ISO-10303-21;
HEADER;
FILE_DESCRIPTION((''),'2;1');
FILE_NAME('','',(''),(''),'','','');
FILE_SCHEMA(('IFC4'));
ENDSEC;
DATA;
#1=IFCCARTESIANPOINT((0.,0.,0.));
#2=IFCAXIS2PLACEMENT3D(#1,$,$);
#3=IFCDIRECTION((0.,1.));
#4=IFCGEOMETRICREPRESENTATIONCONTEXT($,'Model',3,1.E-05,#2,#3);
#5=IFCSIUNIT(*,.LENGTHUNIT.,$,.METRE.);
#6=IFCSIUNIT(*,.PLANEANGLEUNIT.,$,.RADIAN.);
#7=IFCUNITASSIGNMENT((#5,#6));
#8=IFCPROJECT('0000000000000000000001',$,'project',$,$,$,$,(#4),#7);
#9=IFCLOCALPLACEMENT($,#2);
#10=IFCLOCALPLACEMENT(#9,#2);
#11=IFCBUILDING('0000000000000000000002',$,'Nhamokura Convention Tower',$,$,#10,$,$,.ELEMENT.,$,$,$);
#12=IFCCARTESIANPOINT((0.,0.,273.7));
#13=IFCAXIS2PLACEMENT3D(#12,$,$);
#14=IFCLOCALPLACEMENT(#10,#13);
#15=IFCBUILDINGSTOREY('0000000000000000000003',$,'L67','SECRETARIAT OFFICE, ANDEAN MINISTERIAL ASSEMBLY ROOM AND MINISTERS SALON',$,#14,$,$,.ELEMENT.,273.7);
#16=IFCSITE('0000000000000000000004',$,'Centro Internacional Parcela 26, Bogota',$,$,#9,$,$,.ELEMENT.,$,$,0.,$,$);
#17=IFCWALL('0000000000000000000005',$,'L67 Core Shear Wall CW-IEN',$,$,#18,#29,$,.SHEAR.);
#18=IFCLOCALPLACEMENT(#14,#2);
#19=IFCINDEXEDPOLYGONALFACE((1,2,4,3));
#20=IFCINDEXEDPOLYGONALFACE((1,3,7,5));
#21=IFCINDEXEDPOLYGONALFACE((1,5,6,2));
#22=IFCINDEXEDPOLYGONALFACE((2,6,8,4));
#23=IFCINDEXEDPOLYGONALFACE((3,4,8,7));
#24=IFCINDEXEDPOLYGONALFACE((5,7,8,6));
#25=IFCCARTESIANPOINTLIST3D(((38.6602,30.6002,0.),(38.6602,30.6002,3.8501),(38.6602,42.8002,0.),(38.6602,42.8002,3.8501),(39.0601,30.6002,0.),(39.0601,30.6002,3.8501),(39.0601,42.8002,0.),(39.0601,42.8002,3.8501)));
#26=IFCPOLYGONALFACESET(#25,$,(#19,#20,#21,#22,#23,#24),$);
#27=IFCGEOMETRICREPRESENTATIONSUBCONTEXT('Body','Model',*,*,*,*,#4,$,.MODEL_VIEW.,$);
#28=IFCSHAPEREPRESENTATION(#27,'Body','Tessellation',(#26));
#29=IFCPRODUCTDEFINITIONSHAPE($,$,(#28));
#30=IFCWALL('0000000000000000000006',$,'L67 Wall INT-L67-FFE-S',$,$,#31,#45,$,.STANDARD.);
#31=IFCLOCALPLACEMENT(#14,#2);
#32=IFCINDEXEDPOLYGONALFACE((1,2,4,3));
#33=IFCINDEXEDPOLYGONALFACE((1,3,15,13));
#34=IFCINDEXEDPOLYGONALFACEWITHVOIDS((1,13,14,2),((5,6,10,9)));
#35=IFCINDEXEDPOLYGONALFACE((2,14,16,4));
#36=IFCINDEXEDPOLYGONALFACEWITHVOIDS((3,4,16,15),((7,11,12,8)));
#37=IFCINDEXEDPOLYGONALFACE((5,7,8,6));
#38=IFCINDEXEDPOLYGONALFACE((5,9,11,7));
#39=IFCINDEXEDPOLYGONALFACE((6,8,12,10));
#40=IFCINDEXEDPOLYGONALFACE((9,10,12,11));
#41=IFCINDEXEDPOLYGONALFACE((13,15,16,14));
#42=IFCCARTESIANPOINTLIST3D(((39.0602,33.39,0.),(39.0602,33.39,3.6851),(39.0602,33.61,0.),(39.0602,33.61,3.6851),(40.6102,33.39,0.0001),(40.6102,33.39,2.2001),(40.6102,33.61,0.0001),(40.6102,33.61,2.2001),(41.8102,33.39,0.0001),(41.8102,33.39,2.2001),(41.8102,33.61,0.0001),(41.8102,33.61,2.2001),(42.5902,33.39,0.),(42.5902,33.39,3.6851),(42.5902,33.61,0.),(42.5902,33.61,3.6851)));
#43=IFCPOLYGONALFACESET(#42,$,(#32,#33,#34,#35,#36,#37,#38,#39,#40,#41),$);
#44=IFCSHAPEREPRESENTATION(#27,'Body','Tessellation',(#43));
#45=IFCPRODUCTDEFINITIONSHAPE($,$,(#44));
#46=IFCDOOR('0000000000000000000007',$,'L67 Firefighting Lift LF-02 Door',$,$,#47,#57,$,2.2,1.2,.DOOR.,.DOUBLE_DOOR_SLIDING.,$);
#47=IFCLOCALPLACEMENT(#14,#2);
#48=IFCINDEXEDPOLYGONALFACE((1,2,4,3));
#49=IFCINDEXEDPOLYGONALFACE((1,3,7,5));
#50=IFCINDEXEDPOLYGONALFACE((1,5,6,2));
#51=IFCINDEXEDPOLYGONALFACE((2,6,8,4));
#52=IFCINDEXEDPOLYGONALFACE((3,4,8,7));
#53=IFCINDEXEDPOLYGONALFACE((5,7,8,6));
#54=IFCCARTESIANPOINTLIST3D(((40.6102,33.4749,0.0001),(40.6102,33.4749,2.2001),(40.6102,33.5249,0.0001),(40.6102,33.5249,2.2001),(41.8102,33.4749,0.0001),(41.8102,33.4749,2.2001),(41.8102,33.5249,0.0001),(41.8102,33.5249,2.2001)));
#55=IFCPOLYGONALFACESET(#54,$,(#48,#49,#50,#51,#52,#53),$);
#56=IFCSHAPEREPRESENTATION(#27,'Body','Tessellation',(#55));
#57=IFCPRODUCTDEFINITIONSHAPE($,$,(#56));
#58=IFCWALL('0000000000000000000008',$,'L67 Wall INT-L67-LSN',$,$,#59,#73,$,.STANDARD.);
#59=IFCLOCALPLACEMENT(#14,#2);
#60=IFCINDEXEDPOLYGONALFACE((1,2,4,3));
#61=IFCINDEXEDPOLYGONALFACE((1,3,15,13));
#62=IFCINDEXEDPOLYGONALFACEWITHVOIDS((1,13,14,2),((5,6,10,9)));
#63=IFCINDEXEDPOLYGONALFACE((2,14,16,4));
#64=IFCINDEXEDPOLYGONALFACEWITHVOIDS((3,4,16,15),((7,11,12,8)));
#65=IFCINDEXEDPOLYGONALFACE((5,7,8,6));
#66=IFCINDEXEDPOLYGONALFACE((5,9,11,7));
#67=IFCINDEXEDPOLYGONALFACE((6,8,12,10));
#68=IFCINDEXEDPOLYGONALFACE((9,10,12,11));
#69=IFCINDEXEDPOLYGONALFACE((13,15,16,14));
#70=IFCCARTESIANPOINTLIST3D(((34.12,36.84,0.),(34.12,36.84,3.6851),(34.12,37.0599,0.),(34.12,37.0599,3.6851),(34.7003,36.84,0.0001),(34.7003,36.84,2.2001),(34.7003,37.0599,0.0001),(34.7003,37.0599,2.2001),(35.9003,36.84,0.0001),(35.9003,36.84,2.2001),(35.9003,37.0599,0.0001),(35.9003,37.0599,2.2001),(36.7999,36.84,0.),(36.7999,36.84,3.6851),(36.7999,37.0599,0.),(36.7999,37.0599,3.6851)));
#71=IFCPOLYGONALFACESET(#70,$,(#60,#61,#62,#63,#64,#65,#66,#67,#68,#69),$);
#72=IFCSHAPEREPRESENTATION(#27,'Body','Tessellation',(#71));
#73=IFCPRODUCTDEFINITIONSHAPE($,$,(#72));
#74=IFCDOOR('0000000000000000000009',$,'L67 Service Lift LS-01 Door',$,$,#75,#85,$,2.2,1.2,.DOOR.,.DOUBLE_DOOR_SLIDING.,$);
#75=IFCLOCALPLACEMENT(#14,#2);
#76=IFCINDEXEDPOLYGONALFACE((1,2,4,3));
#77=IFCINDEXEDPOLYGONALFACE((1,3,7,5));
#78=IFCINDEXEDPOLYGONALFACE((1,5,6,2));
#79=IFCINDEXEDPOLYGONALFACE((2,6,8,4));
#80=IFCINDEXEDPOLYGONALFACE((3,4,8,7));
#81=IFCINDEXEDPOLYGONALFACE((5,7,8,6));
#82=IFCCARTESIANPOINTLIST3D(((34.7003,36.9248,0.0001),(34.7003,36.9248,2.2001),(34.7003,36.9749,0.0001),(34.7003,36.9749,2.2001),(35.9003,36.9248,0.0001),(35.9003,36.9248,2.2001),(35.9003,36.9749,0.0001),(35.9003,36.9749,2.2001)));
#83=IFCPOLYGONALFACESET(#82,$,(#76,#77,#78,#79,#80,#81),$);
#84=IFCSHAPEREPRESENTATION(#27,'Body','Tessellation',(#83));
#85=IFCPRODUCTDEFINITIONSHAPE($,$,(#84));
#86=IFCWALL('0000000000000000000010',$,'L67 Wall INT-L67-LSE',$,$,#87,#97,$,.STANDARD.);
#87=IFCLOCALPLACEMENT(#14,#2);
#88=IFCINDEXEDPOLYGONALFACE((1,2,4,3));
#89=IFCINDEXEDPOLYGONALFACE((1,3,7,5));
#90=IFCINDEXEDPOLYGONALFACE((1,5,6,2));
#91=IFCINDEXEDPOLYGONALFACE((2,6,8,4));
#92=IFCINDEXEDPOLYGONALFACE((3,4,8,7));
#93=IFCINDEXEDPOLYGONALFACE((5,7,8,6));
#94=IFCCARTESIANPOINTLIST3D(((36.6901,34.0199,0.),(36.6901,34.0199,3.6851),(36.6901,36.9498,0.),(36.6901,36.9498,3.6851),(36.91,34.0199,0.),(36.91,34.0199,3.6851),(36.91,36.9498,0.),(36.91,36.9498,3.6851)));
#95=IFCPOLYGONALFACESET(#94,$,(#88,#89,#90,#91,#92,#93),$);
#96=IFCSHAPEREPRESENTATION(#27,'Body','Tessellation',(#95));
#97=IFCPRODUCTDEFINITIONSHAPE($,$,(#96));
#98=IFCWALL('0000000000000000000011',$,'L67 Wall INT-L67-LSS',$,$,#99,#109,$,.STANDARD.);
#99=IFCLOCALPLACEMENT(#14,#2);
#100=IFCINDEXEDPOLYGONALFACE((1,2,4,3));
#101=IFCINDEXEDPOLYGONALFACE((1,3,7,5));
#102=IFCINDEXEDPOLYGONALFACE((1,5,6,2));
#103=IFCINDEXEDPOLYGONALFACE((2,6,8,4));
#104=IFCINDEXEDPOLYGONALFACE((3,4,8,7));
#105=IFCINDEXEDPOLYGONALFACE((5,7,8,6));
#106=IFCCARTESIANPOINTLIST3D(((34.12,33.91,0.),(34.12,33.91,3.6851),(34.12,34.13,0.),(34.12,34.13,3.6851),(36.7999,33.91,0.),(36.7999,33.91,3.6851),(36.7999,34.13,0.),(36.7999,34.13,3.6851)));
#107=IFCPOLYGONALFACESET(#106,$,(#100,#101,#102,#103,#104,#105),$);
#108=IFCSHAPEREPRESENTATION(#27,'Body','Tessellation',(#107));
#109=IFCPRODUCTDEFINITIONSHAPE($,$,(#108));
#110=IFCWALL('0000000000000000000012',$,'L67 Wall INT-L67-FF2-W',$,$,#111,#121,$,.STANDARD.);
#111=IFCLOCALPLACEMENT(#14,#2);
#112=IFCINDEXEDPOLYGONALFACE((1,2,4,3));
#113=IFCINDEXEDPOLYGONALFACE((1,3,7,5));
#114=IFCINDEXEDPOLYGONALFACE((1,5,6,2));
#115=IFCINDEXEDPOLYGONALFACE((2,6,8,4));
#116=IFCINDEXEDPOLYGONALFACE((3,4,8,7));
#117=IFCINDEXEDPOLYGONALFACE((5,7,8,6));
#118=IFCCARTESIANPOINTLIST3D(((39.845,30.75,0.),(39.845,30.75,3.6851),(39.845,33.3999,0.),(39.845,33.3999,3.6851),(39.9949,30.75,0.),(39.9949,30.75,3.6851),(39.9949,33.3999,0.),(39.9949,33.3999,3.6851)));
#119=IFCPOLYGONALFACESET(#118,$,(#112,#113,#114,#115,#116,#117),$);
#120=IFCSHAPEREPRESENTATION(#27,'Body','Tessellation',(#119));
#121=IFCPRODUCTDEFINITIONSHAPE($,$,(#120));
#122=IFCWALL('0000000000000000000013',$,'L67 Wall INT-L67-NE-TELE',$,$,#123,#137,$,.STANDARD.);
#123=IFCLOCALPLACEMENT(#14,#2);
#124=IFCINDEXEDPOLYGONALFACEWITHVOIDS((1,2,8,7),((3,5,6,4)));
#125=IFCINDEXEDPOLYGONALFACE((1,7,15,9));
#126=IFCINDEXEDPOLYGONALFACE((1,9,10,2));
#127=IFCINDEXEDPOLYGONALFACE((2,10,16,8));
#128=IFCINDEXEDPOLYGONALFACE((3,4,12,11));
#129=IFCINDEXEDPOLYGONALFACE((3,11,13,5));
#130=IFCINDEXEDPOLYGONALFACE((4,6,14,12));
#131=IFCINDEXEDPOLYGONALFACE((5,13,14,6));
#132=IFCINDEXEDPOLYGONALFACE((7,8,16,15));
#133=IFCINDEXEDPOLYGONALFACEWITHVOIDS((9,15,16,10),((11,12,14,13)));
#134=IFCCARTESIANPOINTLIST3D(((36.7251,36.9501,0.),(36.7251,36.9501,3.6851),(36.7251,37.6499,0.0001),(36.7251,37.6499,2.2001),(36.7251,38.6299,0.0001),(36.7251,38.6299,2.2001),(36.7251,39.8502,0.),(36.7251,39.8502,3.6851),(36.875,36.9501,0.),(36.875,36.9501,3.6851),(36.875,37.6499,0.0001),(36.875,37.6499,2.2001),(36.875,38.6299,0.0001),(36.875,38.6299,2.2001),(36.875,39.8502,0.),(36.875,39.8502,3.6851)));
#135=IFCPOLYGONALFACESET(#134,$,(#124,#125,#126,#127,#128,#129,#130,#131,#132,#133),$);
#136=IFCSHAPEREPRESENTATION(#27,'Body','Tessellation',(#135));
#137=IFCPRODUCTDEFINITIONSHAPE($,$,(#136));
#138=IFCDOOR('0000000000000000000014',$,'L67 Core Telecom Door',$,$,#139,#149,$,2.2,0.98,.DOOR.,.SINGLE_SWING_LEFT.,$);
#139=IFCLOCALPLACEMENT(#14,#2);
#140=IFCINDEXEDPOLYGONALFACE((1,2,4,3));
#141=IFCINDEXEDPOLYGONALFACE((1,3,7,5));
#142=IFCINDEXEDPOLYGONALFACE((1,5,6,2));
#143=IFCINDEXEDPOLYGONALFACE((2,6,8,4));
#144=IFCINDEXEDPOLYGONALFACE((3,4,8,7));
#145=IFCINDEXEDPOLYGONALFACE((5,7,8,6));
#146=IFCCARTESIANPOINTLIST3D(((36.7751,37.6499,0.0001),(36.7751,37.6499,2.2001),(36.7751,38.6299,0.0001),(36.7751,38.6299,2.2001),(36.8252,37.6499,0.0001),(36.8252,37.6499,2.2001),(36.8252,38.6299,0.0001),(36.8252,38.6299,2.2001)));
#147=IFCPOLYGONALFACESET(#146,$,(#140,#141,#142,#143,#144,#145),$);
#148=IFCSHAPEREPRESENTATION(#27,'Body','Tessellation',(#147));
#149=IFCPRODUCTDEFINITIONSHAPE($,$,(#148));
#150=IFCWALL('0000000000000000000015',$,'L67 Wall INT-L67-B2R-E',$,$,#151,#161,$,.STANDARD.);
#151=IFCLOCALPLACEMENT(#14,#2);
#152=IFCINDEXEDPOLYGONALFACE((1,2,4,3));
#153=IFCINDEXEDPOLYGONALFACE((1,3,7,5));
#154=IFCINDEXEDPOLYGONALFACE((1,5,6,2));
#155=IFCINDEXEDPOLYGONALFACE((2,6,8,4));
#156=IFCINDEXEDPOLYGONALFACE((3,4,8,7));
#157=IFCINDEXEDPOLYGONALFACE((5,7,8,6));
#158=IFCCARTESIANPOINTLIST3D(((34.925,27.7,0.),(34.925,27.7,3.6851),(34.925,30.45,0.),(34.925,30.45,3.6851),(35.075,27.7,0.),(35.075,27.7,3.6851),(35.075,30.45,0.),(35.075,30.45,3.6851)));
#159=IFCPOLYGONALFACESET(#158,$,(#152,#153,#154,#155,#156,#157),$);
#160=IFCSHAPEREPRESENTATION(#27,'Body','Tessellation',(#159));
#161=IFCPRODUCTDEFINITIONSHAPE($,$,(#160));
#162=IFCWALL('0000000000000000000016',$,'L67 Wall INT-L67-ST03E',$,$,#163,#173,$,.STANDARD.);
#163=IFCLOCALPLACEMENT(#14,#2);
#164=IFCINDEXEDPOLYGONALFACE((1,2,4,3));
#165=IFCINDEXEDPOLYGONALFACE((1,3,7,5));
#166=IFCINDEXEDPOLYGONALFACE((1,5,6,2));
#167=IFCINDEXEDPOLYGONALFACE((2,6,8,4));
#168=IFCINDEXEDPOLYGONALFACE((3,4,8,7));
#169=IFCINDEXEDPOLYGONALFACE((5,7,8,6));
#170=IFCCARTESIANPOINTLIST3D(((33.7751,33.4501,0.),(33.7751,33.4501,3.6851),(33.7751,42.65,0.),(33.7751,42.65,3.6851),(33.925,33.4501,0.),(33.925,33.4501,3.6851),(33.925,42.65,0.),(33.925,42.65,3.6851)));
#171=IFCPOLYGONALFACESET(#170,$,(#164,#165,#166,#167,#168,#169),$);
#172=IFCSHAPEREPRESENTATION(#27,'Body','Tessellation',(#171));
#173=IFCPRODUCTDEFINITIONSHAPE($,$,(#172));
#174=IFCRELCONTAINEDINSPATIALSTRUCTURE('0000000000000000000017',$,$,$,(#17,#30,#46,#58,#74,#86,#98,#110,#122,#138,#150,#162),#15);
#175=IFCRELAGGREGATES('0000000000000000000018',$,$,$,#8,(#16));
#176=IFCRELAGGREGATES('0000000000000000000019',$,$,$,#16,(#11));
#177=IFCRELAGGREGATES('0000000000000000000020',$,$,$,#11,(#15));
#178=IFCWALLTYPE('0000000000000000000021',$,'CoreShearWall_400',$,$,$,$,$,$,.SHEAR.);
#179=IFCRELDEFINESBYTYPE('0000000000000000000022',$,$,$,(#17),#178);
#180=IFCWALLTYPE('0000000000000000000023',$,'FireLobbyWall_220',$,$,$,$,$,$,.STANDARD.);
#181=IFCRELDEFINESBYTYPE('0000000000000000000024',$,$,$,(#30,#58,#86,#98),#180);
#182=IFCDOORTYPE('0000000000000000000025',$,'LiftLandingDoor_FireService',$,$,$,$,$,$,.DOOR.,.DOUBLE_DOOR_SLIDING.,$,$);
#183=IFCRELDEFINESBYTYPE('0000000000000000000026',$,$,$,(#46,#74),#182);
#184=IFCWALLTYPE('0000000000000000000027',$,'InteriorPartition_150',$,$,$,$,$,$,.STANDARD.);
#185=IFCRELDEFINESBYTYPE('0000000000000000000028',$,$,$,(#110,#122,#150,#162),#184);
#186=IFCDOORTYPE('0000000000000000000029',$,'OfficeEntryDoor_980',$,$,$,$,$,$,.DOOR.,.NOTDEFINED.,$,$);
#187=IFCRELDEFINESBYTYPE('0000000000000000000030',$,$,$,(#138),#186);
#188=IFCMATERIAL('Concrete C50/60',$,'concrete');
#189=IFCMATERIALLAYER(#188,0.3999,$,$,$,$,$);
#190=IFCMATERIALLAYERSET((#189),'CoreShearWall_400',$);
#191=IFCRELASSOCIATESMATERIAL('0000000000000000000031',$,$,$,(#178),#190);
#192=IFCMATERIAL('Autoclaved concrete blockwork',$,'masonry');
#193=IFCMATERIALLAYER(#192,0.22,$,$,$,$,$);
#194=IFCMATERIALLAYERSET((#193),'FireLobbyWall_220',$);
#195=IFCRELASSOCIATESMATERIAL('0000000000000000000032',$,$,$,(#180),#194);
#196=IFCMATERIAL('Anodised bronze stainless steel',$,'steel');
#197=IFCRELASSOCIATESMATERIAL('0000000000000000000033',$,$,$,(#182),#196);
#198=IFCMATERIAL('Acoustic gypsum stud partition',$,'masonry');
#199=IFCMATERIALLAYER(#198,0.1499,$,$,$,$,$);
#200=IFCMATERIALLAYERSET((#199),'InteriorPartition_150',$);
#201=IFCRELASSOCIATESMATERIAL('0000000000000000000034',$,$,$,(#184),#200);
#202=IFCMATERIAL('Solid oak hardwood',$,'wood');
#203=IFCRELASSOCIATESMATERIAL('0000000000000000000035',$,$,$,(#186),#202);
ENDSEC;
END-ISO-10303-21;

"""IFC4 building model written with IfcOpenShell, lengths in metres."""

from ifc_helpers import new_model, si_unit, direction, frame, frame_2d, origin, place, context, subcontext, project, spatial, rectangle, extrude, material, layer, layer_set, type_object, element, fill, save


model = new_model("IFC4")

# Units and contexts
model_context = context("Model", 3, precision=1e-05, world=origin(), true_north=direction((0.0, 1.0)))
body_context = subcontext(model_context, "Body", "Model", "MODEL_VIEW")
ifc_project = project(units=[si_unit("LENGTHUNIT", "METRE"), si_unit("PLANEANGLEUNIT", "RADIAN")], contexts=[model_context])

# Site, building, storey
site_placement = place(None, origin())
site = spatial("IfcSite", under=ifc_project, at=site_placement, Name="Centro Internacional Parcela 26, Bogota", CompositionType="ELEMENT", RefElevation=0.0)
building_placement = place(site_placement, origin())
building = spatial("IfcBuilding", under=site, at=building_placement, Name="Nhamokura Convention Tower", CompositionType="ELEMENT")
storey_placement = place(building_placement, frame((0.0, 0.0, 273.7)))
storey = spatial("IfcBuildingStorey", under=building, at=storey_placement, Name="L67", Description="SECRETARIAT OFFICE, ANDEAN MINISTERIAL ASSEMBLY ROOM AND MINISTERS SALON", CompositionType="ELEMENT", Elevation=273.7)

# Wall
ifc_material_1 = material(Name="Concrete C50/60", Category="concrete")
ifc_layer_1 = layer(ifc_material_1, 0.3999)
ifc_layer_set_1 = layer_set([ifc_layer_1], Name="CoreShearWall_400")
wall_type_1 = type_object("IfcWallType", Name="CoreShearWall_400", PredefinedType="SHEAR", material=ifc_layer_set_1)
wall_1_placement = place(storey_placement, frame((38.8601, 30.6001, 0.0), z_axis=(0.0, 0.0, 1.0), x_axis=(0.0, 1.0, 0.0)))
element("IfcWall", 1, at=wall_1_placement, inside=storey, type_object=wall_type_1, Name="L67 Core Shear Wall CW-IEN", PredefinedType="SHEAR", context=body_context, shape_type="SweptSolid", body=[
    extrude(rectangle(XDim=12.2, YDim=0.3999, at=frame_2d((6.1001, 0.0))), origin(), (0.0, 0.0, 1.0), 3.8501),
])

# Walls, openings, doors
ifc_material_2 = material(Name="Autoclaved concrete blockwork", Category="masonry")
ifc_layer_2 = layer(ifc_material_2, 0.22)
ifc_layer_set_2 = layer_set([ifc_layer_2], Name="FireLobbyWall_220")
wall_type_2 = type_object("IfcWallType", Name="FireLobbyWall_220", PredefinedType="STANDARD", material=ifc_layer_set_2)
wall_2_placement = place(storey_placement, frame((39.0601, 33.5, 0.0), z_axis=(0.0, 0.0, 1.0), x_axis=(1.0, 0.0, 0.0)))
wall_2 = element("IfcWall", 2, at=wall_2_placement, inside=storey, type_object=wall_type_2, Name="L67 Wall INT-L67-FFE-S", PredefinedType="STANDARD", context=body_context, shape_type="SweptSolid", body=[
    extrude(rectangle(XDim=3.53, YDim=0.22, at=frame_2d((1.7651, 0.0))), origin(), (0.0, 0.0, 1.0), 3.6851),
])
opening_1_placement = place(wall_2_placement, frame((1.55, 0.0, 0.0)))
opening_1 = element("IfcOpeningElement", 3, at=opening_1_placement, cuts=wall_2, PredefinedType="OPENING", context=body_context, shape_type="SweptSolid", body=[
    extrude(rectangle(XDim=1.2, YDim=2.2, at=frame_2d((0.6001, 1.1001))), frame((0.0, 0.1199, 0.0), z_axis=(0.0, -1.0, 0.0), x_axis=(1.0, 0.0, 0.0)), (0.0, 0.0, 1.0), 0.24),
])
ifc_material_3 = material(Name="Anodised bronze stainless steel", Category="steel")
door_type_1 = type_object("IfcDoorType", Name="LiftLandingDoor_FireService", OperationType="DOUBLE_DOOR_SLIDING", PredefinedType="DOOR", material=ifc_material_3)
door_1_placement = place(opening_1_placement, origin())
door_1 = element("IfcDoor", 4, at=door_1_placement, inside=storey, type_object=door_type_1, Name="L67 Firefighting Lift LF-02 Door", OperationType="DOUBLE_DOOR_SLIDING", OverallHeight=2.2, OverallWidth=1.2, PredefinedType="DOOR", context=body_context, shape_type="SweptSolid", body=[
    extrude(rectangle(XDim=1.2, YDim=2.2, at=frame_2d((0.6001, 1.1001))), frame((0.0, 0.0249, 0.0), z_axis=(0.0, -1.0, 0.0), x_axis=(1.0, 0.0, 0.0)), (0.0, 0.0, 1.0), 0.05),
])
fill(opening_1, door_1)
wall_3_placement = place(storey_placement, frame((34.1201, 36.95, 0.0), z_axis=(0.0, 0.0, 1.0), x_axis=(1.0, 0.0, 0.0)))
wall_3 = element("IfcWall", 5, at=wall_3_placement, inside=storey, type_object=wall_type_2, Name="L67 Wall INT-L67-LSN", PredefinedType="STANDARD", context=body_context, shape_type="SweptSolid", body=[
    extrude(rectangle(XDim=2.6799, YDim=0.22, at=frame_2d((1.3398, 0.0))), origin(), (0.0, 0.0, 1.0), 3.6851),
])
opening_2_placement = place(wall_3_placement, frame((0.5801, 0.0, 0.0)))
opening_2 = element("IfcOpeningElement", 6, at=opening_2_placement, cuts=wall_3, PredefinedType="OPENING", context=body_context, shape_type="SweptSolid", body=[
    extrude(rectangle(XDim=1.2, YDim=2.2, at=frame_2d((0.6001, 1.1001))), frame((0.0, 0.1199, 0.0), z_axis=(0.0, -1.0, 0.0), x_axis=(1.0, 0.0, 0.0)), (0.0, 0.0, 1.0), 0.24),
])
door_2_placement = place(opening_2_placement, origin())
door_2 = element("IfcDoor", 7, at=door_2_placement, inside=storey, type_object=door_type_1, Name="L67 Service Lift LS-01 Door", OperationType="DOUBLE_DOOR_SLIDING", OverallHeight=2.2, OverallWidth=1.2, PredefinedType="DOOR", context=body_context, shape_type="SweptSolid", body=[
    extrude(rectangle(XDim=1.2, YDim=2.2, at=frame_2d((0.6001, 1.1001))), frame((0.0, 0.0249, 0.0), z_axis=(0.0, -1.0, 0.0), x_axis=(1.0, 0.0, 0.0)), (0.0, 0.0, 1.0), 0.05),
])
fill(opening_2, door_2)

# Walls
wall_4_placement = place(storey_placement, frame((36.8, 34.02, 0.0), z_axis=(0.0, 0.0, 1.0), x_axis=(0.0, 1.0, 0.0)))
element("IfcWall", 8, at=wall_4_placement, inside=storey, type_object=wall_type_2, Name="L67 Wall INT-L67-LSE", PredefinedType="STANDARD", context=body_context, shape_type="SweptSolid", body=[
    extrude(rectangle(XDim=2.9299, YDim=0.22, at=frame_2d((1.4648, 0.0))), origin(), (0.0, 0.0, 1.0), 3.6851),
])
wall_5_placement = place(storey_placement, frame((34.1201, 34.02, 0.0), z_axis=(0.0, 0.0, 1.0), x_axis=(1.0, 0.0, 0.0)))
element("IfcWall", 9, at=wall_5_placement, inside=storey, type_object=wall_type_2, Name="L67 Wall INT-L67-LSS", PredefinedType="STANDARD", context=body_context, shape_type="SweptSolid", body=[
    extrude(rectangle(XDim=2.6799, YDim=0.22, at=frame_2d((1.3398, 0.0))), origin(), (0.0, 0.0, 1.0), 3.6851),
])
ifc_material_4 = material(Name="Acoustic gypsum stud partition", Category="masonry")
ifc_layer_3 = layer(ifc_material_4, 0.1499)
ifc_layer_set_3 = layer_set([ifc_layer_3], Name="InteriorPartition_150")
wall_type_3 = type_object("IfcWallType", Name="InteriorPartition_150", PredefinedType="STANDARD", material=ifc_layer_set_3)
wall_6_placement = place(storey_placement, frame((39.9199, 30.75, 0.0), z_axis=(0.0, 0.0, 1.0), x_axis=(0.0, 1.0, 0.0)))
element("IfcWall", 10, at=wall_6_placement, inside=storey, type_object=wall_type_3, Name="L67 Wall INT-L67-FF2-W", PredefinedType="STANDARD", context=body_context, shape_type="SweptSolid", body=[
    extrude(rectangle(XDim=2.6499, YDim=0.1499, at=frame_2d((1.325, 0.0))), origin(), (0.0, 0.0, 1.0), 3.6851),
])

# Wall, opening, door
wall_7_placement = place(storey_placement, frame((36.8, 36.95, 0.0), z_axis=(0.0, 0.0, 1.0), x_axis=(0.0, 1.0, 0.0)))
wall_7 = element("IfcWall", 11, at=wall_7_placement, inside=storey, type_object=wall_type_3, Name="L67 Wall INT-L67-NE-TELE", PredefinedType="STANDARD", context=body_context, shape_type="SweptSolid", body=[
    extrude(rectangle(XDim=2.9001, YDim=0.1499, at=frame_2d((1.4502, 0.0))), origin(), (0.0, 0.0, 1.0), 3.6851),
])
opening_3_placement = place(wall_7_placement, frame((0.7, 0.0, 0.0)))
opening_3 = element("IfcOpeningElement", 12, at=opening_3_placement, cuts=wall_7, PredefinedType="OPENING", context=body_context, shape_type="SweptSolid", body=[
    extrude(rectangle(XDim=0.98, YDim=2.2, at=frame_2d((0.49, 1.1001))), frame((0.0, 0.085, 0.0), z_axis=(0.0, -1.0, 0.0), x_axis=(1.0, 0.0, 0.0)), (0.0, 0.0, 1.0), 0.1699),
])
ifc_material_5 = material(Name="Solid oak hardwood", Category="wood")
door_type_2 = type_object("IfcDoorType", Name="OfficeEntryDoor_980", OperationType="NOTDEFINED", PredefinedType="DOOR", material=ifc_material_5)
door_3_placement = place(opening_3_placement, origin())
door_3 = element("IfcDoor", 13, at=door_3_placement, inside=storey, type_object=door_type_2, Name="L67 Core Telecom Door", OperationType="SINGLE_SWING_LEFT", OverallHeight=2.2, OverallWidth=0.98, PredefinedType="DOOR", context=body_context, shape_type="SweptSolid", body=[
    extrude(rectangle(XDim=0.98, YDim=2.2, at=frame_2d((0.49, 1.1001))), frame((0.0, 0.0249, 0.0), z_axis=(0.0, -1.0, 0.0), x_axis=(1.0, 0.0, 0.0)), (0.0, 0.0, 1.0), 0.05),
])
fill(opening_3, door_3)

# Walls
wall_8_placement = place(storey_placement, frame((35.0, 27.7, 0.0), z_axis=(0.0, 0.0, 1.0), x_axis=(0.0, 1.0, 0.0)))
element("IfcWall", 14, at=wall_8_placement, inside=storey, type_object=wall_type_3, Name="L67 Wall INT-L67-B2R-E", PredefinedType="STANDARD", context=body_context, shape_type="SweptSolid", body=[
    extrude(rectangle(XDim=2.75, YDim=0.1499, at=frame_2d((1.375, 0.0))), origin(), (0.0, 0.0, 1.0), 3.6851),
])
wall_9_placement = place(storey_placement, frame((33.8501, 33.45, 0.0), z_axis=(0.0, 0.0, 1.0), x_axis=(0.0, 1.0, 0.0)))
element("IfcWall", 15, at=wall_9_placement, inside=storey, type_object=wall_type_3, Name="L67 Wall INT-L67-ST03E", PredefinedType="STANDARD", context=body_context, shape_type="SweptSolid", body=[
    extrude(rectangle(XDim=9.2, YDim=0.1499, at=frame_2d((4.6001, 0.0))), origin(), (0.0, 0.0, 1.0), 3.6851),
])

save(model, "model.ifc")
